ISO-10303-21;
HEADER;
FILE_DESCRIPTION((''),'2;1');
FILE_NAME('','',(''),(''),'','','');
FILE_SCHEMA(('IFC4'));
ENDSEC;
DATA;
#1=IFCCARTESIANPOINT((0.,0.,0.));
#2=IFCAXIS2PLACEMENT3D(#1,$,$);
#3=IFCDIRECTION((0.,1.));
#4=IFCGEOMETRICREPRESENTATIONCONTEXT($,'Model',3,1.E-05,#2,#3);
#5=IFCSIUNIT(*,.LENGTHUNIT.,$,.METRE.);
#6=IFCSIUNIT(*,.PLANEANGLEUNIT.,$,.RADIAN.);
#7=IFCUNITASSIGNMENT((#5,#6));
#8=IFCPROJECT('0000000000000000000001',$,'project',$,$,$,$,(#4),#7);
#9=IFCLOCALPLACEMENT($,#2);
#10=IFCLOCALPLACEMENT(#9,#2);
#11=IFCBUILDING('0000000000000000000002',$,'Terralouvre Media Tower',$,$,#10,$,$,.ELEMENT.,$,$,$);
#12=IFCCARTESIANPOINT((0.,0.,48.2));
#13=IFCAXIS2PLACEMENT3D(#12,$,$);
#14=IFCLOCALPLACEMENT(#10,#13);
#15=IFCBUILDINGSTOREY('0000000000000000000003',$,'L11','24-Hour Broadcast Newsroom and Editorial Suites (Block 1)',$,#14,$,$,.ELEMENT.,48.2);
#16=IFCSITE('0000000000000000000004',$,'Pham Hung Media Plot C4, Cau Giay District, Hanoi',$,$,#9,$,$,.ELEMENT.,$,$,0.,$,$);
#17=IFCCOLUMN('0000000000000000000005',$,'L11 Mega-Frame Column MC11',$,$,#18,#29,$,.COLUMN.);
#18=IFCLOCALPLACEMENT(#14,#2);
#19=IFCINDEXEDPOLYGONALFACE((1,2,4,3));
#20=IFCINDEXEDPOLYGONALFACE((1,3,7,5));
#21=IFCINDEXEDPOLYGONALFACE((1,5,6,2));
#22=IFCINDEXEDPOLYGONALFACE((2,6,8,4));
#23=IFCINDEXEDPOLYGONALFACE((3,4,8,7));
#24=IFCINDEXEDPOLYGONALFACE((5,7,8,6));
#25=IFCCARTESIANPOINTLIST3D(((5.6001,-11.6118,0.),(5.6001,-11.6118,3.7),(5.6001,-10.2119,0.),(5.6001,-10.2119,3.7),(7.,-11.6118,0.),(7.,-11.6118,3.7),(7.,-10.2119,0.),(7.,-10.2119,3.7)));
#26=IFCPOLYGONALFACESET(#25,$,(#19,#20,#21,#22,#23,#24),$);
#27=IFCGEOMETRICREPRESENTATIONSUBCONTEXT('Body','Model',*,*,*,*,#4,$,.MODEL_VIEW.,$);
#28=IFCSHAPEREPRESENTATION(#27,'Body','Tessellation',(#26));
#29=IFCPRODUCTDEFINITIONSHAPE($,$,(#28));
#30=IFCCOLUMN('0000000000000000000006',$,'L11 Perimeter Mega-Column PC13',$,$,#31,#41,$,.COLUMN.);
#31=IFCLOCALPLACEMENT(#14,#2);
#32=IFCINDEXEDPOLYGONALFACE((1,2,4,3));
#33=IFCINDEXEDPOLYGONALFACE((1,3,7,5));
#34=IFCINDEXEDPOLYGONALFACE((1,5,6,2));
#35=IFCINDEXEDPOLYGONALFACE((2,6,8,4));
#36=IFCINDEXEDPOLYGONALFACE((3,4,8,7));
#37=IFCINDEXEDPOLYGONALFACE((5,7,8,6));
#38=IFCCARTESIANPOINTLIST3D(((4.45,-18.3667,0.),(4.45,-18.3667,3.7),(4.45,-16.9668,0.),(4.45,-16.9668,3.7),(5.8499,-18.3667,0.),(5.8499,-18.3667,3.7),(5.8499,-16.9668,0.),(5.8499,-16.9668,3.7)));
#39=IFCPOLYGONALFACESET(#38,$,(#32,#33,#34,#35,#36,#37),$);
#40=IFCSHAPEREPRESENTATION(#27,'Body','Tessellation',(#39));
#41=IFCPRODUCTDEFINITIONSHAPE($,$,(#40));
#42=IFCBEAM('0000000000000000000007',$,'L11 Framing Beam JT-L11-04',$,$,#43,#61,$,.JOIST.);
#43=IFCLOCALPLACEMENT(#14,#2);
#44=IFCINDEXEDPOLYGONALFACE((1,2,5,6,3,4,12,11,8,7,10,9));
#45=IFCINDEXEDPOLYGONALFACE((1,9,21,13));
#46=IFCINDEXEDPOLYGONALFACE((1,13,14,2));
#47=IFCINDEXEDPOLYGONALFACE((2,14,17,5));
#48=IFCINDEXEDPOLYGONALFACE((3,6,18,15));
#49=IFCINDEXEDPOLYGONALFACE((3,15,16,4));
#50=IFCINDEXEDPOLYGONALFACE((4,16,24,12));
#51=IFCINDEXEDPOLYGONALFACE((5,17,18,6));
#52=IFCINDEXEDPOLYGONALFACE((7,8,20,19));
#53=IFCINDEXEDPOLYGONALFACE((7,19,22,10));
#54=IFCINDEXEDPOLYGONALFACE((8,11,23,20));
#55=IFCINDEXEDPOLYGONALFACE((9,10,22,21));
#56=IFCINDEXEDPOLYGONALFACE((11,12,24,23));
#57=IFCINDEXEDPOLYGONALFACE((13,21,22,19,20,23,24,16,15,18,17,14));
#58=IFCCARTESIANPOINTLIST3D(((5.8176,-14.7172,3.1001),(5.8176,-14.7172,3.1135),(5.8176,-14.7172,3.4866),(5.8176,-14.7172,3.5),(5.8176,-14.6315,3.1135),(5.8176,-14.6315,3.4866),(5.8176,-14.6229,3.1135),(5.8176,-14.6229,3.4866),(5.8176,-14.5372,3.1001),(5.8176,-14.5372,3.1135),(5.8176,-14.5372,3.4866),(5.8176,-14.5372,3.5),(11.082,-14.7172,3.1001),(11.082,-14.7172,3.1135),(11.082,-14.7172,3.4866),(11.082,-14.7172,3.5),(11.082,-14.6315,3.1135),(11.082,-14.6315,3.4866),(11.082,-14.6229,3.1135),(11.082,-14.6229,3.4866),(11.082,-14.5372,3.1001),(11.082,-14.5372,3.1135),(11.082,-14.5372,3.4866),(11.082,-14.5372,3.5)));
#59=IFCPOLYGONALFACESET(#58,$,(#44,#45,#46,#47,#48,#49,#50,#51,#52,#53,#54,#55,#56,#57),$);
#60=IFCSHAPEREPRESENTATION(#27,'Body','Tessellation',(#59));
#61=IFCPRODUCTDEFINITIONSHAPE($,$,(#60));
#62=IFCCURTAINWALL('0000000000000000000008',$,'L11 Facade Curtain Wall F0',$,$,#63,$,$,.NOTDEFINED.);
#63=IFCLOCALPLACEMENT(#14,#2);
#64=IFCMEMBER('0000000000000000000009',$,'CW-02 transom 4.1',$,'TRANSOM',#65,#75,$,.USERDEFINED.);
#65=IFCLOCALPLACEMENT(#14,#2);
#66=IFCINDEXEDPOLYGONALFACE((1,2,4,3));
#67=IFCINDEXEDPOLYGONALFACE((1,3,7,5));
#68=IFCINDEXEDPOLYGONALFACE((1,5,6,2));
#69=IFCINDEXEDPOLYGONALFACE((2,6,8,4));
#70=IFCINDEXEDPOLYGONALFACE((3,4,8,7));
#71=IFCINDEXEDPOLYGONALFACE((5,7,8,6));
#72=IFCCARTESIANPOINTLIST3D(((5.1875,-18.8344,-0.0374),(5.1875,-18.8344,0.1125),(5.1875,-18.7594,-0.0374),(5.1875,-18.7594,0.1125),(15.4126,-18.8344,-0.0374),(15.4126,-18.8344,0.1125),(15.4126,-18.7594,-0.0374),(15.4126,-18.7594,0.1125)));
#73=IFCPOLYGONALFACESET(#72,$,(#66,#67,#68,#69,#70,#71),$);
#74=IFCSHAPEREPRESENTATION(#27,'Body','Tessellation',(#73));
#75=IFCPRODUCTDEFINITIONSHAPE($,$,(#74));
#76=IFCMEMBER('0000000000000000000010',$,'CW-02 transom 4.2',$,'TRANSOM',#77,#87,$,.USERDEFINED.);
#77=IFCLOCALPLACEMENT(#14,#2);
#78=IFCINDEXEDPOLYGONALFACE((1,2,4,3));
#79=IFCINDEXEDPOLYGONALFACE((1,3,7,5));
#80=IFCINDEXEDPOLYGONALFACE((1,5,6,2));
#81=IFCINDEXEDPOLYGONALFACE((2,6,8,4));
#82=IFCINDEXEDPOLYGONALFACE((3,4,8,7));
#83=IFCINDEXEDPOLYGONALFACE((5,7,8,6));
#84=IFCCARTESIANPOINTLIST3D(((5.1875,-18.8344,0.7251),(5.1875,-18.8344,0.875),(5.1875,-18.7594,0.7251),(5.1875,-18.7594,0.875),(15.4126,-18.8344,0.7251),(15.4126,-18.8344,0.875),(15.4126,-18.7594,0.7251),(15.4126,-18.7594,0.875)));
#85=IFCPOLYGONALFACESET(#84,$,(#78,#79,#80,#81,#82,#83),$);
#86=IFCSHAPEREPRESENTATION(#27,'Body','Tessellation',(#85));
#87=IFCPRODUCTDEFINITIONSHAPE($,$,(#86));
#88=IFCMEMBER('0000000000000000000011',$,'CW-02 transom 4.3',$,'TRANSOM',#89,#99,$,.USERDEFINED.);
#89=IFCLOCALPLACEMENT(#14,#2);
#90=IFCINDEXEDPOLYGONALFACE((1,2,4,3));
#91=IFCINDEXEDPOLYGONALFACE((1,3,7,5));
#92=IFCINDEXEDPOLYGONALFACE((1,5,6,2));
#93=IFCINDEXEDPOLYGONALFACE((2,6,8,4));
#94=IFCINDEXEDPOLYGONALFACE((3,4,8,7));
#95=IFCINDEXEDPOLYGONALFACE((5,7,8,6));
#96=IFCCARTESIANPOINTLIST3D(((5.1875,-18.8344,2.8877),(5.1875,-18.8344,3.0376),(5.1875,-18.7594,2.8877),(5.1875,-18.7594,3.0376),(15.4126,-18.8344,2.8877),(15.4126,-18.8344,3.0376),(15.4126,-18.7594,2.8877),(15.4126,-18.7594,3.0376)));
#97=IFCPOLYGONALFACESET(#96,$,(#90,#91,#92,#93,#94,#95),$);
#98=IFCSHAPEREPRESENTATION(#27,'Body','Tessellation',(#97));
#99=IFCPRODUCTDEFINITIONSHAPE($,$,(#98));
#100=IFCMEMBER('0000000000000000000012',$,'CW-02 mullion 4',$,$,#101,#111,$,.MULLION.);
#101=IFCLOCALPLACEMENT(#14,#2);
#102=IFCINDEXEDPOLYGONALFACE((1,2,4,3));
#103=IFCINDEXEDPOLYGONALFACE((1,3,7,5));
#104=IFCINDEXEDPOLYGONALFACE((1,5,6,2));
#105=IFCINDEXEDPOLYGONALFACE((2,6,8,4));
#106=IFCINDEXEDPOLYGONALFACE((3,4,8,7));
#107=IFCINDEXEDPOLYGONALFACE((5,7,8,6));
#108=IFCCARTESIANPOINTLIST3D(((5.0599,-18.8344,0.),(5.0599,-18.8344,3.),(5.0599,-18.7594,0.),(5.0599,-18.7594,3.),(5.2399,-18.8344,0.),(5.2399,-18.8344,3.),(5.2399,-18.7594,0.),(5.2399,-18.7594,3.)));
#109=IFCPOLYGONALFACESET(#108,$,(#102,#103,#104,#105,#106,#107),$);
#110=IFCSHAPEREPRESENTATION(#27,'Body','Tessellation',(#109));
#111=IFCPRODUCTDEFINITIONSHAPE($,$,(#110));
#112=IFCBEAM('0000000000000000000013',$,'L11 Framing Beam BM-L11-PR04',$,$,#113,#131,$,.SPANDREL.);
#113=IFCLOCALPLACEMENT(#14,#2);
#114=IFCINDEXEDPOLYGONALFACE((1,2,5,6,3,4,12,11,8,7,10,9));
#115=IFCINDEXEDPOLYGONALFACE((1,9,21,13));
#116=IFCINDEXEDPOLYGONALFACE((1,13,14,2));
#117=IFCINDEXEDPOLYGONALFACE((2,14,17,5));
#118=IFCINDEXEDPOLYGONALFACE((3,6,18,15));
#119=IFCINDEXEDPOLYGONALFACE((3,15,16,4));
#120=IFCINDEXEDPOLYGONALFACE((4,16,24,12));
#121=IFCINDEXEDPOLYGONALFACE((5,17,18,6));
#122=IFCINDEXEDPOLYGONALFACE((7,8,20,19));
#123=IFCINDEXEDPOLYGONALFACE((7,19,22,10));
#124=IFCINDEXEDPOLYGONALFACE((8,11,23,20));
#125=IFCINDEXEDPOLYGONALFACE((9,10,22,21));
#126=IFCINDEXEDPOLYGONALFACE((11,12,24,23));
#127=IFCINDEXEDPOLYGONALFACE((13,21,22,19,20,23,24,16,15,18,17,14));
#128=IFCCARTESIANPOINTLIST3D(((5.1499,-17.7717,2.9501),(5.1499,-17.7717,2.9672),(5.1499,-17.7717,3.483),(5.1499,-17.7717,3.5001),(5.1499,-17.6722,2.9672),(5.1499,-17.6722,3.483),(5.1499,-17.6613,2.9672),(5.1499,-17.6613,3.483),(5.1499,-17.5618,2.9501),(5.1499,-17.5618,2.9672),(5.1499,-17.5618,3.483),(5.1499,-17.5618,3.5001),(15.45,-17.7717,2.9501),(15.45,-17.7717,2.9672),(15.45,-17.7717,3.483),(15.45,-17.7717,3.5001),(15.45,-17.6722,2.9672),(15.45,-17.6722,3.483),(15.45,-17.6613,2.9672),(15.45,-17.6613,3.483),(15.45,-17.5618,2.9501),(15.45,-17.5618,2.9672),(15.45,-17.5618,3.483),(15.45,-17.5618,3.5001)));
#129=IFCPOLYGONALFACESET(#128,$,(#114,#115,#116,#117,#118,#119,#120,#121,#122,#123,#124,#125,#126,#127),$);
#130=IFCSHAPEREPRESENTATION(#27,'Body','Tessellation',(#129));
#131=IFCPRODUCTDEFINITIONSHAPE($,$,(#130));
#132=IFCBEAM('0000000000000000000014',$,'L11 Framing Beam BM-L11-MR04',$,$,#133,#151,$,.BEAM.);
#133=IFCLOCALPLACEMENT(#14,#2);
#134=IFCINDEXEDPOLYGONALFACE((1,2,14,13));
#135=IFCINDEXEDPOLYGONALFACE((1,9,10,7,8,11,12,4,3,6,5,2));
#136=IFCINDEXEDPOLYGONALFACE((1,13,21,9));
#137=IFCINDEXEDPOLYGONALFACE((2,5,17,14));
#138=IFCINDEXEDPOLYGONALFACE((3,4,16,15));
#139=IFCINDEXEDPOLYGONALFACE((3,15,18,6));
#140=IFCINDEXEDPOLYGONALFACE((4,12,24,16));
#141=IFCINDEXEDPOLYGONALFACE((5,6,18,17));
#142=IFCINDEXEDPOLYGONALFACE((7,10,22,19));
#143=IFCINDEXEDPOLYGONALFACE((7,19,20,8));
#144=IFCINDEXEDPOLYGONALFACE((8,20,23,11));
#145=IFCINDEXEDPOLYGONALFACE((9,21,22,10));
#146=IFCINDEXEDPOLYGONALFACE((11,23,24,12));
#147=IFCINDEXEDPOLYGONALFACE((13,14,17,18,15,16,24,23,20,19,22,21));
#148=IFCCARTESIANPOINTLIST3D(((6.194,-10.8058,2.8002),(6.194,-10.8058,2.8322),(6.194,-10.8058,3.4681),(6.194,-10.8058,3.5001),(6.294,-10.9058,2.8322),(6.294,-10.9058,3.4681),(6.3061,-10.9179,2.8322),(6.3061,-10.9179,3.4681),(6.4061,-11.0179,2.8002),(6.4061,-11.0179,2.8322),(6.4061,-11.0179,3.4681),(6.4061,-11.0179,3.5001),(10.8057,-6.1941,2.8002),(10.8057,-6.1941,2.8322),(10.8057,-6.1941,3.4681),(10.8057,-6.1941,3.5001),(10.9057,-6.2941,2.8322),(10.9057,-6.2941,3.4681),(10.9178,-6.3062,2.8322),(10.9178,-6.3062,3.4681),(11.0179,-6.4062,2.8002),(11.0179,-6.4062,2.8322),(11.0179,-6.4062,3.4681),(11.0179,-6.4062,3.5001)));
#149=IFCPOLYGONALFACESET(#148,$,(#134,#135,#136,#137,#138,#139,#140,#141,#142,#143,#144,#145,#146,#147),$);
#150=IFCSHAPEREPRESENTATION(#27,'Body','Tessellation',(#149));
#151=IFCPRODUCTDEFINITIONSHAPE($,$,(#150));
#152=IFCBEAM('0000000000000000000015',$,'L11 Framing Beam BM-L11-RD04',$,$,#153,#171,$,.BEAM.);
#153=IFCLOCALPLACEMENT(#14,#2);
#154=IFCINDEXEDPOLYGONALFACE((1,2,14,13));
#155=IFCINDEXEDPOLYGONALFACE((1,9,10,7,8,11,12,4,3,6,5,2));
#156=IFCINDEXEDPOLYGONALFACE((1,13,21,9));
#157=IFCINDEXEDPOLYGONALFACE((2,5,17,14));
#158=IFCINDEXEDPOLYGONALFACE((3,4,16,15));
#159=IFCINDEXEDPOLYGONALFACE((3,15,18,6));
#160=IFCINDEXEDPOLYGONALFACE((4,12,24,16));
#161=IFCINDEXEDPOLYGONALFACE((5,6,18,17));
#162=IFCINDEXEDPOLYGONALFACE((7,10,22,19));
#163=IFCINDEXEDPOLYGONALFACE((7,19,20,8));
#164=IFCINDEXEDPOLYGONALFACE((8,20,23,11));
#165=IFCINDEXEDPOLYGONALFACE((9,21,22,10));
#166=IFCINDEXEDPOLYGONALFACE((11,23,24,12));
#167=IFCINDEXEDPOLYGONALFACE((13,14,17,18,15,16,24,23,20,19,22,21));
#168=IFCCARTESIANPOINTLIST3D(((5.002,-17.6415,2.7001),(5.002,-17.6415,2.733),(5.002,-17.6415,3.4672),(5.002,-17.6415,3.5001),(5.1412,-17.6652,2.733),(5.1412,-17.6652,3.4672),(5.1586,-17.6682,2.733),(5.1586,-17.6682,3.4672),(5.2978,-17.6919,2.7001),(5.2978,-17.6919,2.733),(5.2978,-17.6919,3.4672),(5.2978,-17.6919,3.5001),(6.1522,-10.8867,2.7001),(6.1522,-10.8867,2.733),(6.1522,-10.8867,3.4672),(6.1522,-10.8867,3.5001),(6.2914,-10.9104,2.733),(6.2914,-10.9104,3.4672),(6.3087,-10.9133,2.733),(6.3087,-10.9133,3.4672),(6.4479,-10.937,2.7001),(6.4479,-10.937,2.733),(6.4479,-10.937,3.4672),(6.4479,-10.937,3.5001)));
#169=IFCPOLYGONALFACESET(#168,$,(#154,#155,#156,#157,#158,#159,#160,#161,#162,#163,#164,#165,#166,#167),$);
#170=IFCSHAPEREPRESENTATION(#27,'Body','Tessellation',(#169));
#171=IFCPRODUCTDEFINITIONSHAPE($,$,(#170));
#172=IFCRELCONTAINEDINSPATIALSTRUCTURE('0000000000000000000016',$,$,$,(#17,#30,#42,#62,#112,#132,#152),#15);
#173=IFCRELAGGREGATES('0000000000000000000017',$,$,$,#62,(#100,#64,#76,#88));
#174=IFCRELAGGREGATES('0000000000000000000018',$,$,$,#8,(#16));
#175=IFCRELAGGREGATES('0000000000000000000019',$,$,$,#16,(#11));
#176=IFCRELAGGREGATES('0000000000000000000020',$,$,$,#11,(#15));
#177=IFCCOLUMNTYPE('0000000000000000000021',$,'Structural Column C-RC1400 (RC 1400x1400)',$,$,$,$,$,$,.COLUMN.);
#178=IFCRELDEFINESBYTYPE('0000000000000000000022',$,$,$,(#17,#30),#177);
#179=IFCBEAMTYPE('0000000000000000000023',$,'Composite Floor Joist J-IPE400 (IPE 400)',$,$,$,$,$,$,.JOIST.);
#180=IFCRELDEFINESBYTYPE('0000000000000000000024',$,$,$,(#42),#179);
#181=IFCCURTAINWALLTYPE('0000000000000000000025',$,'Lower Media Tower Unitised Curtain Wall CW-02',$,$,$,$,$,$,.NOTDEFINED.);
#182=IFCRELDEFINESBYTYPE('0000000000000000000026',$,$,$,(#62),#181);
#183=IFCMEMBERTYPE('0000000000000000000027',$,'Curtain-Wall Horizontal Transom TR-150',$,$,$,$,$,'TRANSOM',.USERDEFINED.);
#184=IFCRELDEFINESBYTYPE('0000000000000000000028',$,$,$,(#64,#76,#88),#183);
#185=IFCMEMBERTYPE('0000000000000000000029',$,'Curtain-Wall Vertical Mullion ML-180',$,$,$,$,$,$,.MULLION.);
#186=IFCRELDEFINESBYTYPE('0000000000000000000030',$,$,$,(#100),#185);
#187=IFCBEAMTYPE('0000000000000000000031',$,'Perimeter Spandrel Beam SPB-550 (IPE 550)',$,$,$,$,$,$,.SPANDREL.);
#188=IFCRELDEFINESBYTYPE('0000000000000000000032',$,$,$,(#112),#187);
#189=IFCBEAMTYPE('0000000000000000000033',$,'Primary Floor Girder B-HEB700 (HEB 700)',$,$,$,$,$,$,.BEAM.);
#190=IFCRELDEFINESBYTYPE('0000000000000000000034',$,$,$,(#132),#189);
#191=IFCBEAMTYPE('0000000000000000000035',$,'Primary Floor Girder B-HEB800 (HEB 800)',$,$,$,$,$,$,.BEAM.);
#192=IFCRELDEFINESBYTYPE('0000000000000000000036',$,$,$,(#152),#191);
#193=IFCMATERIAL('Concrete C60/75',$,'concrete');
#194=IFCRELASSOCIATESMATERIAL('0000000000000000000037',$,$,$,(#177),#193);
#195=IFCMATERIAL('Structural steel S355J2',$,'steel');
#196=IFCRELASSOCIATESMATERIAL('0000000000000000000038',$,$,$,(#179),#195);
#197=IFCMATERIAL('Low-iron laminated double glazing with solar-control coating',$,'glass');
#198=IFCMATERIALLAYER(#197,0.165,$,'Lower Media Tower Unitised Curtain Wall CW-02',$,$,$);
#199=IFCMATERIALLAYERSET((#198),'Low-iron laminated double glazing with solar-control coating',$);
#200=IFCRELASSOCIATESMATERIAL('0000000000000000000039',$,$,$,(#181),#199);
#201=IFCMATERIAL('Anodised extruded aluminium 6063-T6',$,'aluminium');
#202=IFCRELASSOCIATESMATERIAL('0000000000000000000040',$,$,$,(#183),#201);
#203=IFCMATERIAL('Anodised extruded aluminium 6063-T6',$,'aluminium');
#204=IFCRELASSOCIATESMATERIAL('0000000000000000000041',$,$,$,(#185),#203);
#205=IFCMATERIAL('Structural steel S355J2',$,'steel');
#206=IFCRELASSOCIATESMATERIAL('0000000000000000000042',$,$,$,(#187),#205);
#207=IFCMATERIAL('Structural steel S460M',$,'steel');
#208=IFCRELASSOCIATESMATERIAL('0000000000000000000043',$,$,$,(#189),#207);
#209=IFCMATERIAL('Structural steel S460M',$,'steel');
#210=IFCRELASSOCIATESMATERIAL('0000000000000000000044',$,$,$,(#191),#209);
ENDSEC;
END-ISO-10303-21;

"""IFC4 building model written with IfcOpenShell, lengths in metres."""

from ifc_helpers import new_model, si_unit, direction, frame, origin, origin_2d, place, context, subcontext, project, spatial, rectangle, i_section, extrude, material, layer, layer_set, material_profile, profile_set, type_object, element, aggregate, save


model = new_model("IFC4")

# Units and contexts
model_context = context("Model", 3, precision=1e-05, world=origin(), true_north=direction((0.0, 1.0)))
body_context = subcontext(model_context, "Body", "Model", "MODEL_VIEW")
ifc_project = project(units=[si_unit("LENGTHUNIT", "METRE"), si_unit("PLANEANGLEUNIT", "RADIAN")], contexts=[model_context])

# Site, building, storey
site_placement = place(None, origin())
site = spatial("IfcSite", under=ifc_project, at=site_placement, Name="Pham Hung Media Plot C4, Cau Giay District, Hanoi", CompositionType="ELEMENT", RefElevation=0.0)
building_placement = place(site_placement, origin())
building = spatial("IfcBuilding", under=site, at=building_placement, Name="Terralouvre Media Tower", CompositionType="ELEMENT")
storey_placement = place(building_placement, frame((0.0, 0.0, 48.2)))
storey = spatial("IfcBuildingStorey", under=building, at=storey_placement, Name="L11", Description="24-Hour Broadcast Newsroom and Editorial Suites (Block 1)", CompositionType="ELEMENT", Elevation=48.2)

# Columns
ifc_material_1 = material(Name="Concrete C60/75", Category="concrete")
ifc_material_profile_1 = material_profile(ifc_material_1, rectangle(XDim=1.3999, YDim=1.3999, at=origin_2d()), Name="RC 1400x1400")
ifc_profile_set_1 = profile_set([ifc_material_profile_1], Name="Concrete C60/75")
column_type = type_object("IfcColumnType", Name="Structural Column C-RC1400 (RC 1400x1400)", PredefinedType="COLUMN", material=ifc_profile_set_1)
for number, where, z_axis, x_axis, name in (
    (1, (6.3, -10.9119, 0.0), (0.0, 0.0, 1.0), (1.0, 0.0, 0.0), "L11 Mega-Frame Column MC11"),
    (2, (5.1499, -17.6667, 0.0), (0.0, 0.0, 1.0), (1.0, 0.0, 0.0), "L11 Perimeter Mega-Column PC13"),
):
    element("IfcColumn", number, at=place(storey_placement, frame(where, z_axis=z_axis, x_axis=x_axis)), inside=storey, type_object=column_type, Name=name, PredefinedType="COLUMN", context=body_context, shape_type="SweptSolid", body=[
        extrude(rectangle(XDim=1.3999, YDim=1.3999, at=origin_2d()), origin(), (0.0, 0.0, 1.0), 3.7),
    ])

# Beam
ifc_material_2 = material(Name="Structural steel S355J2", Category="steel")
ifc_material_profile_2 = material_profile(ifc_material_2, i_section(OverallWidth=0.1799, OverallDepth=0.3999, WebThickness=0.0085, FlangeThickness=0.0134, at=origin_2d()), Name="IPE 400")
ifc_profile_set_2 = profile_set([ifc_material_profile_2], Name="Structural steel S355J2")
beam_type_1 = type_object("IfcBeamType", Name="Composite Floor Joist J-IPE400 (IPE 400)", PredefinedType="JOIST", material=ifc_profile_set_2)
beam_1_placement = place(storey_placement, frame((5.8176, -14.6272, 3.3), z_axis=(1.0, 0.0, 0.0), x_axis=(0.0, 1.0, 0.0)))
element("IfcBeam", 3, at=beam_1_placement, inside=storey, type_object=beam_type_1, Name="L11 Framing Beam JT-L11-04", PredefinedType="JOIST", context=body_context, shape_type="SweptSolid", body=[
    extrude(i_section(OverallWidth=0.1799, OverallDepth=0.3999, WebThickness=0.0085, FlangeThickness=0.0134, at=origin_2d()), origin(), (0.0, 0.0, 1.0), 5.2644),
])

# Curtain wall, members
ifc_material_3 = material(Name="Low-iron laminated double glazing with solar-control coating", Category="glass")
ifc_layer_1 = layer(ifc_material_3, 0.165, Name="Lower Media Tower Unitised Curtain Wall CW-02")
ifc_layer_set_1 = layer_set([ifc_layer_1], Name="Low-iron laminated double glazing with solar-control coating")
curtain_wall_type = type_object("IfcCurtainWallType", Name="Lower Media Tower Unitised Curtain Wall CW-02", PredefinedType="NOTDEFINED", material=ifc_layer_set_1)
curtain_wall_placement = place(storey_placement, origin())
curtain_wall = element("IfcCurtainWall", 4, at=curtain_wall_placement, inside=storey, type_object=curtain_wall_type, Name="L11 Facade Curtain Wall F0", PredefinedType="NOTDEFINED")
ifc_material_4 = material(Name="Anodised extruded aluminium 6063-T6", Category="aluminium")
ifc_material_profile_3 = material_profile(ifc_material_4, rectangle(XDim=0.075, YDim=0.1499, at=origin_2d()), Name="ALU 75x150")
ifc_profile_set_3 = profile_set([ifc_material_profile_3], Name="Anodised extruded aluminium 6063-T6")
member_type_1 = type_object("IfcMemberType", Name="Curtain-Wall Horizontal Transom TR-150", ElementType="TRANSOM", PredefinedType="USERDEFINED", material=ifc_profile_set_3)
member_1_placement = place(storey_placement, frame((5.1875, -18.7969, 0.0376), z_axis=(1.0, 0.0, 0.0), x_axis=(0.0, 1.0, 0.0)))
member_1 = element("IfcMember", 5, at=member_1_placement, type_object=member_type_1, Name="CW-02 transom 4.1", ObjectType="TRANSOM", PredefinedType="USERDEFINED", context=body_context, shape_type="SweptSolid", body=[
    extrude(rectangle(XDim=0.075, YDim=0.1499, at=origin_2d()), origin(), (0.0, 0.0, 1.0), 10.2251),
])
member_2_placement = place(storey_placement, frame((5.1875, -18.7969, 0.8), z_axis=(1.0, 0.0, 0.0), x_axis=(0.0, 1.0, 0.0)))
member_2 = element("IfcMember", 6, at=member_2_placement, type_object=member_type_1, Name="CW-02 transom 4.2", ObjectType="TRANSOM", PredefinedType="USERDEFINED", context=body_context, shape_type="SweptSolid", body=[
    extrude(rectangle(XDim=0.075, YDim=0.1499, at=origin_2d()), origin(), (0.0, 0.0, 1.0), 10.2251),
])
member_3_placement = place(storey_placement, frame((5.1875, -18.7969, 2.9626), z_axis=(1.0, 0.0, 0.0), x_axis=(0.0, 1.0, 0.0)))
member_3 = element("IfcMember", 7, at=member_3_placement, type_object=member_type_1, Name="CW-02 transom 4.3", ObjectType="TRANSOM", PredefinedType="USERDEFINED", context=body_context, shape_type="SweptSolid", body=[
    extrude(rectangle(XDim=0.075, YDim=0.1499, at=origin_2d()), origin(), (0.0, 0.0, 1.0), 10.2251),
])
ifc_material_5 = material(Name="Anodised extruded aluminium 6063-T6", Category="aluminium")
ifc_material_profile_4 = material_profile(ifc_material_5, rectangle(XDim=0.075, YDim=0.1799, at=origin_2d()), Name="ALU 75x180")
ifc_profile_set_4 = profile_set([ifc_material_profile_4], Name="Anodised extruded aluminium 6063-T6")
member_type_2 = type_object("IfcMemberType", Name="Curtain-Wall Vertical Mullion ML-180", PredefinedType="MULLION", material=ifc_profile_set_4)
member_4_placement = place(storey_placement, frame((5.1499, -18.7969, 0.0), z_axis=(0.0, 0.0, 1.0), x_axis=(0.0, 1.0, 0.0)))
member_4 = element("IfcMember", 8, at=member_4_placement, type_object=member_type_2, Name="CW-02 mullion 4", PredefinedType="MULLION", context=body_context, shape_type="SweptSolid", body=[
    extrude(rectangle(XDim=0.075, YDim=0.1799, at=origin_2d()), origin(), (0.0, 0.0, 1.0), 3.0),
])

# Beams
ifc_material_6 = material(Name="Structural steel S355J2", Category="steel")
ifc_material_profile_5 = material_profile(ifc_material_6, i_section(OverallWidth=0.21, OverallDepth=0.55, WebThickness=0.011, FlangeThickness=0.0171, at=origin_2d()), Name="IPE 550")
ifc_profile_set_5 = profile_set([ifc_material_profile_5], Name="Structural steel S355J2")
beam_type_2 = type_object("IfcBeamType", Name="Perimeter Spandrel Beam SPB-550 (IPE 550)", PredefinedType="SPANDREL", material=ifc_profile_set_5)
beam_2_placement = place(storey_placement, frame((5.1499, -17.6667, 3.2251), z_axis=(1.0, 0.0, 0.0), x_axis=(0.0, 1.0, 0.0)))
element("IfcBeam", 9, at=beam_2_placement, inside=storey, type_object=beam_type_2, Name="L11 Framing Beam BM-L11-PR04", PredefinedType="SPANDREL", context=body_context, shape_type="SweptSolid", body=[
    extrude(i_section(OverallWidth=0.21, OverallDepth=0.55, WebThickness=0.011, FlangeThickness=0.0171, at=origin_2d()), origin(), (0.0, 0.0, 1.0), 10.3),
])
ifc_material_7 = material(Name="Structural steel S460M", Category="steel")
ifc_material_profile_6 = material_profile(ifc_material_7, i_section(OverallWidth=0.3, OverallDepth=0.7, WebThickness=0.0171, FlangeThickness=0.032, at=origin_2d()), Name="HEB 700")
ifc_profile_set_6 = profile_set([ifc_material_profile_6], Name="Structural steel S460M")
beam_type_3 = type_object("IfcBeamType", Name="Primary Floor Girder B-HEB700 (HEB 700)", PredefinedType="BEAM", material=ifc_profile_set_6)
beam_3_placement = place(storey_placement, frame((6.3, -10.9119, 3.1501), z_axis=(0.707107, 0.707107, 0.0), x_axis=(-0.707107, 0.707107, 0.0)))
element("IfcBeam", 10, at=beam_3_placement, inside=storey, type_object=beam_type_3, Name="L11 Framing Beam BM-L11-MR04", PredefinedType="BEAM", context=body_context, shape_type="SweptSolid", body=[
    extrude(i_section(OverallWidth=0.3, OverallDepth=0.7, WebThickness=0.0171, FlangeThickness=0.032, at=origin_2d()), origin(), (0.0, 0.0, 1.0), 6.522),
])
ifc_material_8 = material(Name="Structural steel S460M", Category="steel")
ifc_material_profile_7 = material_profile(ifc_material_8, i_section(OverallWidth=0.3, OverallDepth=0.8, WebThickness=0.0176, FlangeThickness=0.033, at=origin_2d()), Name="HEB 800")
ifc_profile_set_7 = profile_set([ifc_material_profile_7], Name="Structural steel S460M")
beam_type_4 = type_object("IfcBeamType", Name="Primary Floor Girder B-HEB800 (HEB 800)", PredefinedType="BEAM", material=ifc_profile_set_7)
beam_4_placement = place(storey_placement, frame((6.3, -10.9119, 3.1001), z_axis=(-0.167853, -0.985812, 0.0), x_axis=(0.985812, -0.167853, 0.0)))
element("IfcBeam", 11, at=beam_4_placement, inside=storey, type_object=beam_type_4, Name="L11 Framing Beam BM-L11-RD04", PredefinedType="BEAM", context=body_context, shape_type="SweptSolid", body=[
    extrude(i_section(OverallWidth=0.3, OverallDepth=0.8, WebThickness=0.0176, FlangeThickness=0.033, at=origin_2d()), origin(), (0.0, 0.0, 1.0), 6.8521),
])

aggregate(curtain_wall, [member_4, member_1, member_2, member_3])

save(model, "model.ifc")
